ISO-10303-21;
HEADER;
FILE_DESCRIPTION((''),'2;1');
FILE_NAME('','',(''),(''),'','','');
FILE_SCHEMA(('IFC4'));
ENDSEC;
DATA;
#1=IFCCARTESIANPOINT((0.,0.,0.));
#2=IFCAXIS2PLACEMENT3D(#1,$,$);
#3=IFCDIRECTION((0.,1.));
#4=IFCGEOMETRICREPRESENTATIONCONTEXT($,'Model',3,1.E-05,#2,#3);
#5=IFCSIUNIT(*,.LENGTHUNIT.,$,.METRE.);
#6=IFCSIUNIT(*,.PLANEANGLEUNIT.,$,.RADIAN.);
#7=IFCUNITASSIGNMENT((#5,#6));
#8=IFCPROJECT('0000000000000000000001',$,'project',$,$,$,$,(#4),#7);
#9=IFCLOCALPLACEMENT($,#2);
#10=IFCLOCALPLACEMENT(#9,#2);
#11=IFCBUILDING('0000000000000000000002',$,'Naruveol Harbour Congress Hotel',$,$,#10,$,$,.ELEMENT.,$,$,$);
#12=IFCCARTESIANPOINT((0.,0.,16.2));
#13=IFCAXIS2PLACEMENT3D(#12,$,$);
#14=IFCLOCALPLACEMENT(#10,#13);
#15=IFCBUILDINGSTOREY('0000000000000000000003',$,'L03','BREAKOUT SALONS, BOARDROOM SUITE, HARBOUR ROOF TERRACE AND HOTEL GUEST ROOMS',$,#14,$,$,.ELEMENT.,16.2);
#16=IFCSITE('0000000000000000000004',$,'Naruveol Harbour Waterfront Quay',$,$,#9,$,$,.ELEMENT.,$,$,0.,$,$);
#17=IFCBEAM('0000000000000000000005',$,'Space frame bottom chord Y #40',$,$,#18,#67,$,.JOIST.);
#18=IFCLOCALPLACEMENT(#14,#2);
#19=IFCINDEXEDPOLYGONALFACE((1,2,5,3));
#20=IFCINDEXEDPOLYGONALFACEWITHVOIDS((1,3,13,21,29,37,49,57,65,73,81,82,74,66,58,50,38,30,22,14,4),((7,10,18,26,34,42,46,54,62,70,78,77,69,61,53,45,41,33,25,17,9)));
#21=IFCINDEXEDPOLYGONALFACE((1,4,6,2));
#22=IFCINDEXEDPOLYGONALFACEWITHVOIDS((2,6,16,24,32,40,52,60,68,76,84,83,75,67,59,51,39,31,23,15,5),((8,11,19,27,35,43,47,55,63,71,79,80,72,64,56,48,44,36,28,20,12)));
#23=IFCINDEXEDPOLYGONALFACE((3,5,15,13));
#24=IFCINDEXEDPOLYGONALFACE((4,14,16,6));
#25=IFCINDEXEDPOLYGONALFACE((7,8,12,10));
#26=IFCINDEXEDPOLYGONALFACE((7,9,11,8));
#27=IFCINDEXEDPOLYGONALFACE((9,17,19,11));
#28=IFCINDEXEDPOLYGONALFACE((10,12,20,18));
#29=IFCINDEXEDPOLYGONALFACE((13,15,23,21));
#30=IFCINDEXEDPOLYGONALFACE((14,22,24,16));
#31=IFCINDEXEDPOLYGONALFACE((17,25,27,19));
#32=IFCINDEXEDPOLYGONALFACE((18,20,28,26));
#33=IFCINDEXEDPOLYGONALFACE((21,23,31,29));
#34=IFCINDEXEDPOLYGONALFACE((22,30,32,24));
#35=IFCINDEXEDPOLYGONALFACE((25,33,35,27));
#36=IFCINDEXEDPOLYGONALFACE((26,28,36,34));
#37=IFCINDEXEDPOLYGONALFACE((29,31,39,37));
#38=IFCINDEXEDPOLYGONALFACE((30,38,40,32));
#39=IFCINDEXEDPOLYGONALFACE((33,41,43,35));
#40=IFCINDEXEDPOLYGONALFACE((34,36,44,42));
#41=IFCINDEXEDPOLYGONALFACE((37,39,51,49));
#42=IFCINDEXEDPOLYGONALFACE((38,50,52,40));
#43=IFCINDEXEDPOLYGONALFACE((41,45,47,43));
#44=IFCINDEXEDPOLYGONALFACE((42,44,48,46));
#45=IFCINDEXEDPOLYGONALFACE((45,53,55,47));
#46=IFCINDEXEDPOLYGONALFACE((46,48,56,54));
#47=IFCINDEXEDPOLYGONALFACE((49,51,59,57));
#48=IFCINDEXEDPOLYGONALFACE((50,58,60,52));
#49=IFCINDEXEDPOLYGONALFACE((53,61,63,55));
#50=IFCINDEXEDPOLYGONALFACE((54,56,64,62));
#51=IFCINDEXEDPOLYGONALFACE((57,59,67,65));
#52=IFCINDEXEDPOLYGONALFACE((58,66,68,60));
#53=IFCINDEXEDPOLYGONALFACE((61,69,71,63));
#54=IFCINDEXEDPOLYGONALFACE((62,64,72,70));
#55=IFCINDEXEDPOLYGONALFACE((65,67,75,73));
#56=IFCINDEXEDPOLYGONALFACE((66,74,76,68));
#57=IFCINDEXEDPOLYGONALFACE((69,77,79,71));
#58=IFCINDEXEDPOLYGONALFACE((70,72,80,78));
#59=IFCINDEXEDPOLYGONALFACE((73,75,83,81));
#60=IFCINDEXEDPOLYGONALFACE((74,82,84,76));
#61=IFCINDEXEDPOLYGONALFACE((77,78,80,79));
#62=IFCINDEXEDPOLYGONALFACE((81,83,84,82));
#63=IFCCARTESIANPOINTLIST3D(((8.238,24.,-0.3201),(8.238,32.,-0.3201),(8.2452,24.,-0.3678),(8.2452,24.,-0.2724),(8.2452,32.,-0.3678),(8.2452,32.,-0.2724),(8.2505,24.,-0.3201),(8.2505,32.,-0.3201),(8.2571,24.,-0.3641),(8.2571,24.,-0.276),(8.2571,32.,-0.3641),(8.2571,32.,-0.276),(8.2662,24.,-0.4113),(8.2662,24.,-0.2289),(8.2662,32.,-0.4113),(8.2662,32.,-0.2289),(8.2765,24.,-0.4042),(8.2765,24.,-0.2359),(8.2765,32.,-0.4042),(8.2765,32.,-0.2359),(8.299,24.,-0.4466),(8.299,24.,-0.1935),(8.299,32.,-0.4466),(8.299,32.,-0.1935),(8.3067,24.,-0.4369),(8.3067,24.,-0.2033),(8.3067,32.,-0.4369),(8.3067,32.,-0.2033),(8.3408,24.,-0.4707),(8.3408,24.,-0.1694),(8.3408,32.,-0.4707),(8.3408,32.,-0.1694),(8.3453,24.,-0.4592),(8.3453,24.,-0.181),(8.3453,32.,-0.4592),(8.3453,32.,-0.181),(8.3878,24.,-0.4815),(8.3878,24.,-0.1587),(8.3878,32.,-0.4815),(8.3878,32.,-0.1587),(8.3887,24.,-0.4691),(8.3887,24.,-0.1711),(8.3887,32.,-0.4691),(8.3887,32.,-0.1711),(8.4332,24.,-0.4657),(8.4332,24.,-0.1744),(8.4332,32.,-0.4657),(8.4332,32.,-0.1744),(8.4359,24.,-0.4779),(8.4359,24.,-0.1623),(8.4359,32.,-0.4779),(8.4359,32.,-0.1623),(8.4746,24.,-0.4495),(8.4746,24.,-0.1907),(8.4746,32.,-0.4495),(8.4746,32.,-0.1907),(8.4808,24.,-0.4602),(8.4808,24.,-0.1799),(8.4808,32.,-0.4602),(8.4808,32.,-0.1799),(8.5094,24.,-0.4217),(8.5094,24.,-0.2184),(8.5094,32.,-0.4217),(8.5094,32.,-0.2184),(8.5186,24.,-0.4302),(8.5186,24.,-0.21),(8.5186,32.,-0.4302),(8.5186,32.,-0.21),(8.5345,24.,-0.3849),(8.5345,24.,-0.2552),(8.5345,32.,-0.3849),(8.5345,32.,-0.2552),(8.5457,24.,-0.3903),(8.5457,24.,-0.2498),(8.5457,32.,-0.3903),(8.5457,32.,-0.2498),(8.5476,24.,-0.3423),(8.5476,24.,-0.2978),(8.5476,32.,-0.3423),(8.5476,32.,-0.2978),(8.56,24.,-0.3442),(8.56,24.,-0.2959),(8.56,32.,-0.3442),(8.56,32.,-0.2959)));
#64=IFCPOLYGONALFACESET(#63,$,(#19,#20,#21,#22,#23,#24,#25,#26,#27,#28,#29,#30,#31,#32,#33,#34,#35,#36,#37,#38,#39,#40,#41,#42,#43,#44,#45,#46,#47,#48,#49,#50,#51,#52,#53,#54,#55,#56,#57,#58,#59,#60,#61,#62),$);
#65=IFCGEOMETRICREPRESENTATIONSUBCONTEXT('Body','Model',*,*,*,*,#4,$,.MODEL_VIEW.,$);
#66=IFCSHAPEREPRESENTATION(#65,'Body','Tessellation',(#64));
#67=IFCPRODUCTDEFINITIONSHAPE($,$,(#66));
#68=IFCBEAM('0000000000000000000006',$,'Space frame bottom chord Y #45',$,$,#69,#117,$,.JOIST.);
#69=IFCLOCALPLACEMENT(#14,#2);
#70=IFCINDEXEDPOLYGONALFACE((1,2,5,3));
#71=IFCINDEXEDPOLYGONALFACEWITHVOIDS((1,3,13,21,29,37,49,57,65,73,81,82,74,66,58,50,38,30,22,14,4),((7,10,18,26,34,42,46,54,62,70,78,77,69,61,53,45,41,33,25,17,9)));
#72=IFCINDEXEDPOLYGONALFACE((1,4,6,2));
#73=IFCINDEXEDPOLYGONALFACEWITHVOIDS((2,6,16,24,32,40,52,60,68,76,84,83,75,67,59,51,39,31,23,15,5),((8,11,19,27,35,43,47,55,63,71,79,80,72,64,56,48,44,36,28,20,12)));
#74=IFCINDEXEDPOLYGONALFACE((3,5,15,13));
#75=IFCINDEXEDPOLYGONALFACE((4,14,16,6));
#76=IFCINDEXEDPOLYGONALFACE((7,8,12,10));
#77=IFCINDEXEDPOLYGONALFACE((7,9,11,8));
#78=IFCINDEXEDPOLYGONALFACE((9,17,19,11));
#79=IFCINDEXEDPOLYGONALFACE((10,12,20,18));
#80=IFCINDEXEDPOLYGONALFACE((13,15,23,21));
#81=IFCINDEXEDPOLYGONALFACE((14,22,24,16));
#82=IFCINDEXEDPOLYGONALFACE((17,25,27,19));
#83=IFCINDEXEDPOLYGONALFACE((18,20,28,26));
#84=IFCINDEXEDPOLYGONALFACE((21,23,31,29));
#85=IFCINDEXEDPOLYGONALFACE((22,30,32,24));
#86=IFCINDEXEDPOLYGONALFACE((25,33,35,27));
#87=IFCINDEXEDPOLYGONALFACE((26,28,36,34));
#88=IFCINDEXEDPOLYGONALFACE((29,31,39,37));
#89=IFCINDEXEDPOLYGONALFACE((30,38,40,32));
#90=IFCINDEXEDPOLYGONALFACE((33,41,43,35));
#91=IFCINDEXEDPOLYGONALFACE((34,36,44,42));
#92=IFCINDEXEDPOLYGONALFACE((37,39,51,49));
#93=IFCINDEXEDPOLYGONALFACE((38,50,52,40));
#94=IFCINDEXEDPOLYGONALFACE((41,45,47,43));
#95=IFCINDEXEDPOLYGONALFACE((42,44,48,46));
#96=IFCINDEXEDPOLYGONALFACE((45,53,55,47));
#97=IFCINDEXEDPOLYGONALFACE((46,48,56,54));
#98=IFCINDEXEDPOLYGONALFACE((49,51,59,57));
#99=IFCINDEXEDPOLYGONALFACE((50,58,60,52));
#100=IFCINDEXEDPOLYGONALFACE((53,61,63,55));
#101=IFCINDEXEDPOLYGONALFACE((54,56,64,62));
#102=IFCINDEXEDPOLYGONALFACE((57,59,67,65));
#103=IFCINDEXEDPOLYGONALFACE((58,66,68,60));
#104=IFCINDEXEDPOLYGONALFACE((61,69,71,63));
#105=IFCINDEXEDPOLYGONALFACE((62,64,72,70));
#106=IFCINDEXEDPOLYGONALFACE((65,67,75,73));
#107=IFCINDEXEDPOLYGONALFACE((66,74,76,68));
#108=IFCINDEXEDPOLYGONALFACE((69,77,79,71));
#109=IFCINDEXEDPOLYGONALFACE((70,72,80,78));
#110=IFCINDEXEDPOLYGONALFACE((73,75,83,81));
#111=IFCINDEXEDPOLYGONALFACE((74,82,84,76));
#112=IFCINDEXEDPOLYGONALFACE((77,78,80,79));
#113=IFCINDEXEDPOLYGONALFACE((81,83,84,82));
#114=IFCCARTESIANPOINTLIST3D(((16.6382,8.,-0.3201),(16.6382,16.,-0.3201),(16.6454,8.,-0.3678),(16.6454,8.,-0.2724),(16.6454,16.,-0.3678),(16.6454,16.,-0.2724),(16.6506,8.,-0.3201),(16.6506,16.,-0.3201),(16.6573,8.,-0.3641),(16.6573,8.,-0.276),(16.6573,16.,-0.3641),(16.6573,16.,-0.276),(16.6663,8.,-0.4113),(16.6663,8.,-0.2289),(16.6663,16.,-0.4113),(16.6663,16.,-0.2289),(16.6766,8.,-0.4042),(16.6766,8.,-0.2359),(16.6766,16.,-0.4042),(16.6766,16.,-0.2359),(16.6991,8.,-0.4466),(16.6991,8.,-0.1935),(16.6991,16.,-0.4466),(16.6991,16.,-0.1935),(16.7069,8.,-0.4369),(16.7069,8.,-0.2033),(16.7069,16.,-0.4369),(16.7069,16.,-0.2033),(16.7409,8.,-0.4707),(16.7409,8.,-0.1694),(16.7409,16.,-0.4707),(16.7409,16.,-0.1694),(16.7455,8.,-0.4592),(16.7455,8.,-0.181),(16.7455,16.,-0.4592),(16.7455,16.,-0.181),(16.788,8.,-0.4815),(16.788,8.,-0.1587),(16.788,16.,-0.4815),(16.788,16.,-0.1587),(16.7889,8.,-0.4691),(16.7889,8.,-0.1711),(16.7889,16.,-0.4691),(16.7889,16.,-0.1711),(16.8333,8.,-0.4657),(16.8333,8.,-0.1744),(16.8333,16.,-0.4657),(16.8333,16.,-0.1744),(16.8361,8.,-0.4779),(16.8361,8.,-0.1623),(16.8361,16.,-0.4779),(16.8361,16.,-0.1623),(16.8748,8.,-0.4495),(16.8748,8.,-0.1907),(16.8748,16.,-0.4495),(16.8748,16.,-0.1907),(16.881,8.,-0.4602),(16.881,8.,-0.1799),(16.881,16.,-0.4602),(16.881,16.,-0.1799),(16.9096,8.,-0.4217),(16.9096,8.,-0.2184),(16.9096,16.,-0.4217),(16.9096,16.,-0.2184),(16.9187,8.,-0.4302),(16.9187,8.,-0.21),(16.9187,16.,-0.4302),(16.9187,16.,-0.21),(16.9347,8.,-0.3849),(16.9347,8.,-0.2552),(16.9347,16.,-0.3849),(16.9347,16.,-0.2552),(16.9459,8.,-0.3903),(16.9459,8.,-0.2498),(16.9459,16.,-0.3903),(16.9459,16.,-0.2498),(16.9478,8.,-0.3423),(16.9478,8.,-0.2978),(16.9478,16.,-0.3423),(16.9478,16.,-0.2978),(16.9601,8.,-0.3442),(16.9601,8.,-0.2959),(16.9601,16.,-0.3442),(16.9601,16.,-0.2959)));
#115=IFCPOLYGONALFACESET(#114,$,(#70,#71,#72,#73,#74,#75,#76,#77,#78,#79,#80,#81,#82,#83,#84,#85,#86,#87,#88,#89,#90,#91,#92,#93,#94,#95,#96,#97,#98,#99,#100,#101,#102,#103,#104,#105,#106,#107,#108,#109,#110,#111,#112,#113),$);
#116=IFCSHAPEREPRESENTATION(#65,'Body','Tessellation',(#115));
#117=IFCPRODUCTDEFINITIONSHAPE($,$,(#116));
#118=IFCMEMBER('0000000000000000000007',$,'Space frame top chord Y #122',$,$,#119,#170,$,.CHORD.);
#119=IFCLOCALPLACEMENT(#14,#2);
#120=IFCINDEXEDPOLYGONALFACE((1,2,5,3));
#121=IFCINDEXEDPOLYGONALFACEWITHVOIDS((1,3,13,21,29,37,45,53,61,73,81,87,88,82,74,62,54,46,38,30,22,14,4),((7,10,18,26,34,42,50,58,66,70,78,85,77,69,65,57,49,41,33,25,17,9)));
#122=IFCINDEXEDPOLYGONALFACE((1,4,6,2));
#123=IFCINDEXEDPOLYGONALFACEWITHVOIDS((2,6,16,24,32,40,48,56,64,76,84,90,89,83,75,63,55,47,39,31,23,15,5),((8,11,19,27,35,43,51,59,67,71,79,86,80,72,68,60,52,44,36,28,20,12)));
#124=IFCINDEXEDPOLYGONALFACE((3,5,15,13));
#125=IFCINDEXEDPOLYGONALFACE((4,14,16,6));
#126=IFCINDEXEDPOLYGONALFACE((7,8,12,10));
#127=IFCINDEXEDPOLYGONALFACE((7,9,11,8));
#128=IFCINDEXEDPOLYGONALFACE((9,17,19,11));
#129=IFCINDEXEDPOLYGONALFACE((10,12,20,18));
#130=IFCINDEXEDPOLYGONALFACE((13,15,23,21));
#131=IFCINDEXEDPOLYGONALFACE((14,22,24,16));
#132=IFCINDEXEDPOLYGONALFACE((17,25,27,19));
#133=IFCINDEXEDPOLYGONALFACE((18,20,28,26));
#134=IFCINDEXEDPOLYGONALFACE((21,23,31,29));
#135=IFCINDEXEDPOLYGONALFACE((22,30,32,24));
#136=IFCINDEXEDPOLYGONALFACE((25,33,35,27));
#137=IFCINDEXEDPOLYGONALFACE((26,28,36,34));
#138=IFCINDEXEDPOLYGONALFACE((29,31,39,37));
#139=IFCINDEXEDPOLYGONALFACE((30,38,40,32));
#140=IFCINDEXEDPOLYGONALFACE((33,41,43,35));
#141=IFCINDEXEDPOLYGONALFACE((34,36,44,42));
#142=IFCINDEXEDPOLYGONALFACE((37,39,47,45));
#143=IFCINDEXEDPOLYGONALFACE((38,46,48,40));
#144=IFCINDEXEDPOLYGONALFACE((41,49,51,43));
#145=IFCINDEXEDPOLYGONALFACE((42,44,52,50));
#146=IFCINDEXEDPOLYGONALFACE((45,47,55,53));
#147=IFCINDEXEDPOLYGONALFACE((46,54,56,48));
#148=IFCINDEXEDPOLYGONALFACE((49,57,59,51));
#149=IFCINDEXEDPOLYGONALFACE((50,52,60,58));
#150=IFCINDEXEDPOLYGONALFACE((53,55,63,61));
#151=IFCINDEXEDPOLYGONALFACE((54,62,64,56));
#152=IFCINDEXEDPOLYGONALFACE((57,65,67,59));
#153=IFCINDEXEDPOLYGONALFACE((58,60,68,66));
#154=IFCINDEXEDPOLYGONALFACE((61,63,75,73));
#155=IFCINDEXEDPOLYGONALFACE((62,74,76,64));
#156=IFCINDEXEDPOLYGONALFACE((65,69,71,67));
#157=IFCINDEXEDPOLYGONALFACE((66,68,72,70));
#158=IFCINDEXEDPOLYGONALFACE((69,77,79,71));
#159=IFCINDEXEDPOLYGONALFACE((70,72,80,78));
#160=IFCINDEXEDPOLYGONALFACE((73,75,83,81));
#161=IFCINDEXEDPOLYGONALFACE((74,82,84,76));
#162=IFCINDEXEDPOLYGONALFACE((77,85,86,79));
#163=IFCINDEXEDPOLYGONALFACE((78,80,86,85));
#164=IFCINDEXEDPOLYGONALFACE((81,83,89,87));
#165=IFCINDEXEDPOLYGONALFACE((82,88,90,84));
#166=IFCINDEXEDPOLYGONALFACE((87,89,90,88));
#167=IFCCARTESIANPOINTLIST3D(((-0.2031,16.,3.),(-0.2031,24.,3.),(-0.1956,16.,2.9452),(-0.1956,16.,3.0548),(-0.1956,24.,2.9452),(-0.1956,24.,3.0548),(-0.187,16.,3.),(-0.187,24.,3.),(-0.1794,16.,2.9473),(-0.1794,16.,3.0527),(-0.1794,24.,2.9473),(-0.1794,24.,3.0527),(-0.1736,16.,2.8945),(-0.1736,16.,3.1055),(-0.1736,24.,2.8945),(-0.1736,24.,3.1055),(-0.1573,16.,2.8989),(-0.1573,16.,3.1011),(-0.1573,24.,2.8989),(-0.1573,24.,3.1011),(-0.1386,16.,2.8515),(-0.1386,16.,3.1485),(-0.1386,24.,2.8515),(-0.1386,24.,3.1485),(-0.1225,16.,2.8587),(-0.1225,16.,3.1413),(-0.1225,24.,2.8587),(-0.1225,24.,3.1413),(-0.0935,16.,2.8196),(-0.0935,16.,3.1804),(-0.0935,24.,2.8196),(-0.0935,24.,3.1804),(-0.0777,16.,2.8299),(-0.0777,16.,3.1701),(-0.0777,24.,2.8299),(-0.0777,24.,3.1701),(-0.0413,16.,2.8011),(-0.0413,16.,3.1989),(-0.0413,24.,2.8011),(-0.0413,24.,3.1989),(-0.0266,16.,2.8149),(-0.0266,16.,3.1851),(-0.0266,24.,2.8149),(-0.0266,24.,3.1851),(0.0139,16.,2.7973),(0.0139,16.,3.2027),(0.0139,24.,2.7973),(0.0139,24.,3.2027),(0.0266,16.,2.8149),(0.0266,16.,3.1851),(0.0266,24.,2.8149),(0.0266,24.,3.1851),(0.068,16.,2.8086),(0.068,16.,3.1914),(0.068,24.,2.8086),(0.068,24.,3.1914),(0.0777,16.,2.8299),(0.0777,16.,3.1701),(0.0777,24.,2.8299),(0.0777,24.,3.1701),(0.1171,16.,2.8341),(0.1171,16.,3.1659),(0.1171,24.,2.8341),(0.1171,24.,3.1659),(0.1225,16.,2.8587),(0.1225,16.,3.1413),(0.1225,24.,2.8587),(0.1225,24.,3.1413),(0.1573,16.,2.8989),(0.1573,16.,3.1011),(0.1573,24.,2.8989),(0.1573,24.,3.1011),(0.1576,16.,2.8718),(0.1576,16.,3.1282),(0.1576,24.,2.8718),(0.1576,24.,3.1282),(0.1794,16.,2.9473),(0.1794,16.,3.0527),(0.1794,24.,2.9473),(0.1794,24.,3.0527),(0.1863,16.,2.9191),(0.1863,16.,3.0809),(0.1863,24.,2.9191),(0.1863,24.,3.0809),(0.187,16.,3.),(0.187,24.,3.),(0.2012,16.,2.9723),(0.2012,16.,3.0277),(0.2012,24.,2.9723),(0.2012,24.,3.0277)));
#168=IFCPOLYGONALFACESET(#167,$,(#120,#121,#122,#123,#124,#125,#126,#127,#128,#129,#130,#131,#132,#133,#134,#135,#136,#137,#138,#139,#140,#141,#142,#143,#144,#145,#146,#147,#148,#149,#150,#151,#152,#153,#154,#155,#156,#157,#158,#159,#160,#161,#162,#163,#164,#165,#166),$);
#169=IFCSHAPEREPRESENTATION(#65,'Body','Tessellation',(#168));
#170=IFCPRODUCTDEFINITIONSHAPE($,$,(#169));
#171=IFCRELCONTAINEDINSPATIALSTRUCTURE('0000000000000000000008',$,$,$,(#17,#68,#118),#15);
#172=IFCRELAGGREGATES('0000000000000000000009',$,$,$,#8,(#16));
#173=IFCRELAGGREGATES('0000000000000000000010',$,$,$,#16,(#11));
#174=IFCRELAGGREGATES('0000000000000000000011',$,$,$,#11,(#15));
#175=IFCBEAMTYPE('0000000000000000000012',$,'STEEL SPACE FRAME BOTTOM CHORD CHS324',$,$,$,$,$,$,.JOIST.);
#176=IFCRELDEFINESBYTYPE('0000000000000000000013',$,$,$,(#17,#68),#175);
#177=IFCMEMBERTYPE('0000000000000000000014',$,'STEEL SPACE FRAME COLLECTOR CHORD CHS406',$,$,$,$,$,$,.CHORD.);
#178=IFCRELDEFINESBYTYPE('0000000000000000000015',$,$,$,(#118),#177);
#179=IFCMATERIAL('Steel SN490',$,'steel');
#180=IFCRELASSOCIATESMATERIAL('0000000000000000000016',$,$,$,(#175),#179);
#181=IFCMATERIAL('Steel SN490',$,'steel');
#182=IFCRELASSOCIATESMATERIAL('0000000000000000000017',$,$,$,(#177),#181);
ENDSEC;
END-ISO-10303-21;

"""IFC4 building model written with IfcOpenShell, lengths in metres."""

from ifc_helpers import new_model, si_unit, direction, frame, origin, origin_2d, place, context, subcontext, project, spatial, hollow_circle, extrude, material, material_profile, profile_set, type_object, element, save


model = new_model("IFC4")

# Units and contexts
model_context = context("Model", 3, precision=1e-05, world=origin(), true_north=direction((0.0, 1.0)))
body_context = subcontext(model_context, "Body", "Model", "MODEL_VIEW")
ifc_project = project(units=[si_unit("LENGTHUNIT", "METRE"), si_unit("PLANEANGLEUNIT", "RADIAN")], contexts=[model_context])

# Site, building, storey
site_placement = place(None, origin())
site = spatial("IfcSite", under=ifc_project, at=site_placement, Name="Naruveol Harbour Waterfront Quay", CompositionType="ELEMENT", RefElevation=0.0)
building_placement = place(site_placement, origin())
building = spatial("IfcBuilding", under=site, at=building_placement, Name="Naruveol Harbour Congress Hotel", CompositionType="ELEMENT")
storey_placement = place(building_placement, frame((0.0, 0.0, 16.2)))
storey = spatial("IfcBuildingStorey", under=building, at=storey_placement, Name="L03", Description="BREAKOUT SALONS, BOARDROOM SUITE, HARBOUR ROOF TERRACE AND HOTEL GUEST ROOMS", CompositionType="ELEMENT", Elevation=16.2)

# Beams
ifc_material_1 = material(Name="Steel SN490", Category="steel")
ifc_material_profile_1 = material_profile(ifc_material_1, hollow_circle(Radius=0.1619, WallThickness=0.0125, at=origin_2d()), Name="CHS-323.9x12.5")
ifc_profile_set_1 = profile_set([ifc_material_profile_1], Name="Steel SN490")
beam_type_1 = type_object("IfcBeamType", Name="STEEL SPACE FRAME BOTTOM CHORD CHS324", PredefinedType="JOIST", material=ifc_profile_set_1)
for number, where, z_axis, x_axis, name in (
    (1, (8.3999, 24.0, -0.3201), (0.0, 1.0, 0.0), (-1.0, 0.0, 0.0), "Space frame bottom chord Y #40"),
    (2, (16.8, 8.0, -0.3201), (0.0, 1.0, 0.0), (-1.0, 0.0, 0.0), "Space frame bottom chord Y #45"),
):
    element("IfcBeam", number, at=place(storey_placement, frame(where, z_axis=z_axis, x_axis=x_axis)), inside=storey, type_object=beam_type_1, Name=name, PredefinedType="JOIST", context=body_context, shape_type="SweptSolid", body=[
        extrude(hollow_circle(Radius=0.1619, WallThickness=0.0125, at=origin_2d()), origin(), (0.0, 0.0, 1.0), 8.0),
    ])

# Member
ifc_material_2 = material(Name="Steel SN490", Category="steel")
ifc_material_profile_2 = material_profile(ifc_material_2, hollow_circle(Radius=0.2031, WallThickness=0.0161, at=origin_2d()), Name="CHS-406.4x16")
ifc_profile_set_2 = profile_set([ifc_material_profile_2], Name="Steel SN490")
member_type_1 = type_object("IfcMemberType", Name="STEEL SPACE FRAME COLLECTOR CHORD CHS406", PredefinedType="CHORD", material=ifc_profile_set_2)
for number, where, z_axis, x_axis, name in (
    (3, (0.0, 16.0, 3.0), (0.0, 1.0, 0.0), (-1.0, 0.0, 0.0), "Space frame top chord Y #122"),
):
    element("IfcMember", number, at=place(storey_placement, frame(where, z_axis=z_axis, x_axis=x_axis)), inside=storey, type_object=member_type_1, Name=name, PredefinedType="CHORD", context=body_context, shape_type="SweptSolid", body=[
        extrude(hollow_circle(Radius=0.2031, WallThickness=0.0161, at=origin_2d()), origin(), (0.0, 0.0, 1.0), 8.0),
    ])

save(model, "model.ifc")
